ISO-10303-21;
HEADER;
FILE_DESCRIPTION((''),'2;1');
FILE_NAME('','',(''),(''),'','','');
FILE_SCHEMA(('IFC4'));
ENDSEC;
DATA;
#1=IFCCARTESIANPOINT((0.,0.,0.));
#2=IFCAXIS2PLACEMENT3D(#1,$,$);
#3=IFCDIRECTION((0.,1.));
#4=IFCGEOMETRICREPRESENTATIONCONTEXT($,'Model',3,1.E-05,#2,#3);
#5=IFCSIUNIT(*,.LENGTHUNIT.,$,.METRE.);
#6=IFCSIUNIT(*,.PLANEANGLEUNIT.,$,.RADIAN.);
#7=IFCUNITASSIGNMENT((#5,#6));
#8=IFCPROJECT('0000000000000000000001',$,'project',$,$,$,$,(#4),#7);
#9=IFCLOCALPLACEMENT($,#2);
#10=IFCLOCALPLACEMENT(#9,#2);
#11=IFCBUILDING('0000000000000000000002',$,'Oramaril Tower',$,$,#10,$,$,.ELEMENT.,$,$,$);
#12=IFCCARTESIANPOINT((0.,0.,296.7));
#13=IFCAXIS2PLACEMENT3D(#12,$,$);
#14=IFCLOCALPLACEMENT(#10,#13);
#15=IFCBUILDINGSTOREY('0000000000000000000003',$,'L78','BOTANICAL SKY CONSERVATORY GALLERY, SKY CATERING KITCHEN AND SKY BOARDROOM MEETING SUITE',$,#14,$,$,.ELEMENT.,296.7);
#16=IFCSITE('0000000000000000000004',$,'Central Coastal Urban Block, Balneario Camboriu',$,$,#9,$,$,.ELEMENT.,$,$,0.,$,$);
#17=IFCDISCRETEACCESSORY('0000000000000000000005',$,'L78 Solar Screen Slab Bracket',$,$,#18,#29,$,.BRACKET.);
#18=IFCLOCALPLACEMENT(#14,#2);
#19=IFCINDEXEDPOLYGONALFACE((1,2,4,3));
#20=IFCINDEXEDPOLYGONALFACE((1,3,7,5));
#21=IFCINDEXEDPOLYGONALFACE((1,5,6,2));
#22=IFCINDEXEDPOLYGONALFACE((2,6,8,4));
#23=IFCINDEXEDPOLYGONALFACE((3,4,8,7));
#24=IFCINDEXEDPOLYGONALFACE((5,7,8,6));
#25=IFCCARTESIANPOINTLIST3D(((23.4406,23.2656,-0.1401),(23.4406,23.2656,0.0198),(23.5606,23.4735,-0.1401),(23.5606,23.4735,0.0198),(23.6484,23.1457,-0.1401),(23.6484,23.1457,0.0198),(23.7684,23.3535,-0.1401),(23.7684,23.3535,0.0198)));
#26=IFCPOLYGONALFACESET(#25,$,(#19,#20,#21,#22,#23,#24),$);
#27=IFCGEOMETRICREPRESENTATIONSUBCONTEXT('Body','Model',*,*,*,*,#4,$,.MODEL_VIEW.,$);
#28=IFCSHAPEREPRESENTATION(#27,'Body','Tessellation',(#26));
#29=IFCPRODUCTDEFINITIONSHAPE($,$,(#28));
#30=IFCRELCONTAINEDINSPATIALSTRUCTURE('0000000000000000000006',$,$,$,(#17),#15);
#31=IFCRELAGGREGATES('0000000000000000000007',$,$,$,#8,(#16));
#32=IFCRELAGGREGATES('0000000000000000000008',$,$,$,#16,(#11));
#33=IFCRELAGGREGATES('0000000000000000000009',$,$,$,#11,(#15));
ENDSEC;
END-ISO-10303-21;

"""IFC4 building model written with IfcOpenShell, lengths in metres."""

from ifc_helpers import new_model, si_unit, direction, frame, origin, origin_2d, place, context, subcontext, project, spatial, rectangle, extrude, element, save


model = new_model("IFC4")

# Units and contexts
model_context = context("Model", 3, precision=1e-05, world=origin(), true_north=direction((0.0, 1.0)))
body_context = subcontext(model_context, "Body", "Model", "MODEL_VIEW")
ifc_project = project(units=[si_unit("LENGTHUNIT", "METRE"), si_unit("PLANEANGLEUNIT", "RADIAN")], contexts=[model_context])

# Site, building, storey
site_placement = place(None, origin())
site = spatial("IfcSite", under=ifc_project, at=site_placement, Name="Central Coastal Urban Block, Balneario Camboriu", CompositionType="ELEMENT", RefElevation=0.0)
building_placement = place(site_placement, origin())
building = spatial("IfcBuilding", under=site, at=building_placement, Name="Oramaril Tower", CompositionType="ELEMENT")
storey_placement = place(building_placement, frame((0.0, 0.0, 296.7)))
storey = spatial("IfcBuildingStorey", under=building, at=storey_placement, Name="L78", Description="BOTANICAL SKY CONSERVATORY GALLERY, SKY CATERING KITCHEN AND SKY BOARDROOM MEETING SUITE", CompositionType="ELEMENT", Elevation=296.7)

# Discrete accessory
discrete_accessory_placement = place(storey_placement, frame((23.6045, 23.3096, -0.1401), z_axis=(0.0, 0.0, 1.0), x_axis=(-0.500002, -0.866025, 0.0)))
element("IfcDiscreteAccessory", 1, at=discrete_accessory_placement, inside=storey, Name="L78 Solar Screen Slab Bracket", PredefinedType="BRACKET", context=body_context, shape_type="SweptSolid", body=[
    extrude(rectangle(XDim=0.24, YDim=0.24, at=origin_2d()), origin(), (0.0, 0.0, 1.0), 0.1599),
])

save(model, "model.ifc")
